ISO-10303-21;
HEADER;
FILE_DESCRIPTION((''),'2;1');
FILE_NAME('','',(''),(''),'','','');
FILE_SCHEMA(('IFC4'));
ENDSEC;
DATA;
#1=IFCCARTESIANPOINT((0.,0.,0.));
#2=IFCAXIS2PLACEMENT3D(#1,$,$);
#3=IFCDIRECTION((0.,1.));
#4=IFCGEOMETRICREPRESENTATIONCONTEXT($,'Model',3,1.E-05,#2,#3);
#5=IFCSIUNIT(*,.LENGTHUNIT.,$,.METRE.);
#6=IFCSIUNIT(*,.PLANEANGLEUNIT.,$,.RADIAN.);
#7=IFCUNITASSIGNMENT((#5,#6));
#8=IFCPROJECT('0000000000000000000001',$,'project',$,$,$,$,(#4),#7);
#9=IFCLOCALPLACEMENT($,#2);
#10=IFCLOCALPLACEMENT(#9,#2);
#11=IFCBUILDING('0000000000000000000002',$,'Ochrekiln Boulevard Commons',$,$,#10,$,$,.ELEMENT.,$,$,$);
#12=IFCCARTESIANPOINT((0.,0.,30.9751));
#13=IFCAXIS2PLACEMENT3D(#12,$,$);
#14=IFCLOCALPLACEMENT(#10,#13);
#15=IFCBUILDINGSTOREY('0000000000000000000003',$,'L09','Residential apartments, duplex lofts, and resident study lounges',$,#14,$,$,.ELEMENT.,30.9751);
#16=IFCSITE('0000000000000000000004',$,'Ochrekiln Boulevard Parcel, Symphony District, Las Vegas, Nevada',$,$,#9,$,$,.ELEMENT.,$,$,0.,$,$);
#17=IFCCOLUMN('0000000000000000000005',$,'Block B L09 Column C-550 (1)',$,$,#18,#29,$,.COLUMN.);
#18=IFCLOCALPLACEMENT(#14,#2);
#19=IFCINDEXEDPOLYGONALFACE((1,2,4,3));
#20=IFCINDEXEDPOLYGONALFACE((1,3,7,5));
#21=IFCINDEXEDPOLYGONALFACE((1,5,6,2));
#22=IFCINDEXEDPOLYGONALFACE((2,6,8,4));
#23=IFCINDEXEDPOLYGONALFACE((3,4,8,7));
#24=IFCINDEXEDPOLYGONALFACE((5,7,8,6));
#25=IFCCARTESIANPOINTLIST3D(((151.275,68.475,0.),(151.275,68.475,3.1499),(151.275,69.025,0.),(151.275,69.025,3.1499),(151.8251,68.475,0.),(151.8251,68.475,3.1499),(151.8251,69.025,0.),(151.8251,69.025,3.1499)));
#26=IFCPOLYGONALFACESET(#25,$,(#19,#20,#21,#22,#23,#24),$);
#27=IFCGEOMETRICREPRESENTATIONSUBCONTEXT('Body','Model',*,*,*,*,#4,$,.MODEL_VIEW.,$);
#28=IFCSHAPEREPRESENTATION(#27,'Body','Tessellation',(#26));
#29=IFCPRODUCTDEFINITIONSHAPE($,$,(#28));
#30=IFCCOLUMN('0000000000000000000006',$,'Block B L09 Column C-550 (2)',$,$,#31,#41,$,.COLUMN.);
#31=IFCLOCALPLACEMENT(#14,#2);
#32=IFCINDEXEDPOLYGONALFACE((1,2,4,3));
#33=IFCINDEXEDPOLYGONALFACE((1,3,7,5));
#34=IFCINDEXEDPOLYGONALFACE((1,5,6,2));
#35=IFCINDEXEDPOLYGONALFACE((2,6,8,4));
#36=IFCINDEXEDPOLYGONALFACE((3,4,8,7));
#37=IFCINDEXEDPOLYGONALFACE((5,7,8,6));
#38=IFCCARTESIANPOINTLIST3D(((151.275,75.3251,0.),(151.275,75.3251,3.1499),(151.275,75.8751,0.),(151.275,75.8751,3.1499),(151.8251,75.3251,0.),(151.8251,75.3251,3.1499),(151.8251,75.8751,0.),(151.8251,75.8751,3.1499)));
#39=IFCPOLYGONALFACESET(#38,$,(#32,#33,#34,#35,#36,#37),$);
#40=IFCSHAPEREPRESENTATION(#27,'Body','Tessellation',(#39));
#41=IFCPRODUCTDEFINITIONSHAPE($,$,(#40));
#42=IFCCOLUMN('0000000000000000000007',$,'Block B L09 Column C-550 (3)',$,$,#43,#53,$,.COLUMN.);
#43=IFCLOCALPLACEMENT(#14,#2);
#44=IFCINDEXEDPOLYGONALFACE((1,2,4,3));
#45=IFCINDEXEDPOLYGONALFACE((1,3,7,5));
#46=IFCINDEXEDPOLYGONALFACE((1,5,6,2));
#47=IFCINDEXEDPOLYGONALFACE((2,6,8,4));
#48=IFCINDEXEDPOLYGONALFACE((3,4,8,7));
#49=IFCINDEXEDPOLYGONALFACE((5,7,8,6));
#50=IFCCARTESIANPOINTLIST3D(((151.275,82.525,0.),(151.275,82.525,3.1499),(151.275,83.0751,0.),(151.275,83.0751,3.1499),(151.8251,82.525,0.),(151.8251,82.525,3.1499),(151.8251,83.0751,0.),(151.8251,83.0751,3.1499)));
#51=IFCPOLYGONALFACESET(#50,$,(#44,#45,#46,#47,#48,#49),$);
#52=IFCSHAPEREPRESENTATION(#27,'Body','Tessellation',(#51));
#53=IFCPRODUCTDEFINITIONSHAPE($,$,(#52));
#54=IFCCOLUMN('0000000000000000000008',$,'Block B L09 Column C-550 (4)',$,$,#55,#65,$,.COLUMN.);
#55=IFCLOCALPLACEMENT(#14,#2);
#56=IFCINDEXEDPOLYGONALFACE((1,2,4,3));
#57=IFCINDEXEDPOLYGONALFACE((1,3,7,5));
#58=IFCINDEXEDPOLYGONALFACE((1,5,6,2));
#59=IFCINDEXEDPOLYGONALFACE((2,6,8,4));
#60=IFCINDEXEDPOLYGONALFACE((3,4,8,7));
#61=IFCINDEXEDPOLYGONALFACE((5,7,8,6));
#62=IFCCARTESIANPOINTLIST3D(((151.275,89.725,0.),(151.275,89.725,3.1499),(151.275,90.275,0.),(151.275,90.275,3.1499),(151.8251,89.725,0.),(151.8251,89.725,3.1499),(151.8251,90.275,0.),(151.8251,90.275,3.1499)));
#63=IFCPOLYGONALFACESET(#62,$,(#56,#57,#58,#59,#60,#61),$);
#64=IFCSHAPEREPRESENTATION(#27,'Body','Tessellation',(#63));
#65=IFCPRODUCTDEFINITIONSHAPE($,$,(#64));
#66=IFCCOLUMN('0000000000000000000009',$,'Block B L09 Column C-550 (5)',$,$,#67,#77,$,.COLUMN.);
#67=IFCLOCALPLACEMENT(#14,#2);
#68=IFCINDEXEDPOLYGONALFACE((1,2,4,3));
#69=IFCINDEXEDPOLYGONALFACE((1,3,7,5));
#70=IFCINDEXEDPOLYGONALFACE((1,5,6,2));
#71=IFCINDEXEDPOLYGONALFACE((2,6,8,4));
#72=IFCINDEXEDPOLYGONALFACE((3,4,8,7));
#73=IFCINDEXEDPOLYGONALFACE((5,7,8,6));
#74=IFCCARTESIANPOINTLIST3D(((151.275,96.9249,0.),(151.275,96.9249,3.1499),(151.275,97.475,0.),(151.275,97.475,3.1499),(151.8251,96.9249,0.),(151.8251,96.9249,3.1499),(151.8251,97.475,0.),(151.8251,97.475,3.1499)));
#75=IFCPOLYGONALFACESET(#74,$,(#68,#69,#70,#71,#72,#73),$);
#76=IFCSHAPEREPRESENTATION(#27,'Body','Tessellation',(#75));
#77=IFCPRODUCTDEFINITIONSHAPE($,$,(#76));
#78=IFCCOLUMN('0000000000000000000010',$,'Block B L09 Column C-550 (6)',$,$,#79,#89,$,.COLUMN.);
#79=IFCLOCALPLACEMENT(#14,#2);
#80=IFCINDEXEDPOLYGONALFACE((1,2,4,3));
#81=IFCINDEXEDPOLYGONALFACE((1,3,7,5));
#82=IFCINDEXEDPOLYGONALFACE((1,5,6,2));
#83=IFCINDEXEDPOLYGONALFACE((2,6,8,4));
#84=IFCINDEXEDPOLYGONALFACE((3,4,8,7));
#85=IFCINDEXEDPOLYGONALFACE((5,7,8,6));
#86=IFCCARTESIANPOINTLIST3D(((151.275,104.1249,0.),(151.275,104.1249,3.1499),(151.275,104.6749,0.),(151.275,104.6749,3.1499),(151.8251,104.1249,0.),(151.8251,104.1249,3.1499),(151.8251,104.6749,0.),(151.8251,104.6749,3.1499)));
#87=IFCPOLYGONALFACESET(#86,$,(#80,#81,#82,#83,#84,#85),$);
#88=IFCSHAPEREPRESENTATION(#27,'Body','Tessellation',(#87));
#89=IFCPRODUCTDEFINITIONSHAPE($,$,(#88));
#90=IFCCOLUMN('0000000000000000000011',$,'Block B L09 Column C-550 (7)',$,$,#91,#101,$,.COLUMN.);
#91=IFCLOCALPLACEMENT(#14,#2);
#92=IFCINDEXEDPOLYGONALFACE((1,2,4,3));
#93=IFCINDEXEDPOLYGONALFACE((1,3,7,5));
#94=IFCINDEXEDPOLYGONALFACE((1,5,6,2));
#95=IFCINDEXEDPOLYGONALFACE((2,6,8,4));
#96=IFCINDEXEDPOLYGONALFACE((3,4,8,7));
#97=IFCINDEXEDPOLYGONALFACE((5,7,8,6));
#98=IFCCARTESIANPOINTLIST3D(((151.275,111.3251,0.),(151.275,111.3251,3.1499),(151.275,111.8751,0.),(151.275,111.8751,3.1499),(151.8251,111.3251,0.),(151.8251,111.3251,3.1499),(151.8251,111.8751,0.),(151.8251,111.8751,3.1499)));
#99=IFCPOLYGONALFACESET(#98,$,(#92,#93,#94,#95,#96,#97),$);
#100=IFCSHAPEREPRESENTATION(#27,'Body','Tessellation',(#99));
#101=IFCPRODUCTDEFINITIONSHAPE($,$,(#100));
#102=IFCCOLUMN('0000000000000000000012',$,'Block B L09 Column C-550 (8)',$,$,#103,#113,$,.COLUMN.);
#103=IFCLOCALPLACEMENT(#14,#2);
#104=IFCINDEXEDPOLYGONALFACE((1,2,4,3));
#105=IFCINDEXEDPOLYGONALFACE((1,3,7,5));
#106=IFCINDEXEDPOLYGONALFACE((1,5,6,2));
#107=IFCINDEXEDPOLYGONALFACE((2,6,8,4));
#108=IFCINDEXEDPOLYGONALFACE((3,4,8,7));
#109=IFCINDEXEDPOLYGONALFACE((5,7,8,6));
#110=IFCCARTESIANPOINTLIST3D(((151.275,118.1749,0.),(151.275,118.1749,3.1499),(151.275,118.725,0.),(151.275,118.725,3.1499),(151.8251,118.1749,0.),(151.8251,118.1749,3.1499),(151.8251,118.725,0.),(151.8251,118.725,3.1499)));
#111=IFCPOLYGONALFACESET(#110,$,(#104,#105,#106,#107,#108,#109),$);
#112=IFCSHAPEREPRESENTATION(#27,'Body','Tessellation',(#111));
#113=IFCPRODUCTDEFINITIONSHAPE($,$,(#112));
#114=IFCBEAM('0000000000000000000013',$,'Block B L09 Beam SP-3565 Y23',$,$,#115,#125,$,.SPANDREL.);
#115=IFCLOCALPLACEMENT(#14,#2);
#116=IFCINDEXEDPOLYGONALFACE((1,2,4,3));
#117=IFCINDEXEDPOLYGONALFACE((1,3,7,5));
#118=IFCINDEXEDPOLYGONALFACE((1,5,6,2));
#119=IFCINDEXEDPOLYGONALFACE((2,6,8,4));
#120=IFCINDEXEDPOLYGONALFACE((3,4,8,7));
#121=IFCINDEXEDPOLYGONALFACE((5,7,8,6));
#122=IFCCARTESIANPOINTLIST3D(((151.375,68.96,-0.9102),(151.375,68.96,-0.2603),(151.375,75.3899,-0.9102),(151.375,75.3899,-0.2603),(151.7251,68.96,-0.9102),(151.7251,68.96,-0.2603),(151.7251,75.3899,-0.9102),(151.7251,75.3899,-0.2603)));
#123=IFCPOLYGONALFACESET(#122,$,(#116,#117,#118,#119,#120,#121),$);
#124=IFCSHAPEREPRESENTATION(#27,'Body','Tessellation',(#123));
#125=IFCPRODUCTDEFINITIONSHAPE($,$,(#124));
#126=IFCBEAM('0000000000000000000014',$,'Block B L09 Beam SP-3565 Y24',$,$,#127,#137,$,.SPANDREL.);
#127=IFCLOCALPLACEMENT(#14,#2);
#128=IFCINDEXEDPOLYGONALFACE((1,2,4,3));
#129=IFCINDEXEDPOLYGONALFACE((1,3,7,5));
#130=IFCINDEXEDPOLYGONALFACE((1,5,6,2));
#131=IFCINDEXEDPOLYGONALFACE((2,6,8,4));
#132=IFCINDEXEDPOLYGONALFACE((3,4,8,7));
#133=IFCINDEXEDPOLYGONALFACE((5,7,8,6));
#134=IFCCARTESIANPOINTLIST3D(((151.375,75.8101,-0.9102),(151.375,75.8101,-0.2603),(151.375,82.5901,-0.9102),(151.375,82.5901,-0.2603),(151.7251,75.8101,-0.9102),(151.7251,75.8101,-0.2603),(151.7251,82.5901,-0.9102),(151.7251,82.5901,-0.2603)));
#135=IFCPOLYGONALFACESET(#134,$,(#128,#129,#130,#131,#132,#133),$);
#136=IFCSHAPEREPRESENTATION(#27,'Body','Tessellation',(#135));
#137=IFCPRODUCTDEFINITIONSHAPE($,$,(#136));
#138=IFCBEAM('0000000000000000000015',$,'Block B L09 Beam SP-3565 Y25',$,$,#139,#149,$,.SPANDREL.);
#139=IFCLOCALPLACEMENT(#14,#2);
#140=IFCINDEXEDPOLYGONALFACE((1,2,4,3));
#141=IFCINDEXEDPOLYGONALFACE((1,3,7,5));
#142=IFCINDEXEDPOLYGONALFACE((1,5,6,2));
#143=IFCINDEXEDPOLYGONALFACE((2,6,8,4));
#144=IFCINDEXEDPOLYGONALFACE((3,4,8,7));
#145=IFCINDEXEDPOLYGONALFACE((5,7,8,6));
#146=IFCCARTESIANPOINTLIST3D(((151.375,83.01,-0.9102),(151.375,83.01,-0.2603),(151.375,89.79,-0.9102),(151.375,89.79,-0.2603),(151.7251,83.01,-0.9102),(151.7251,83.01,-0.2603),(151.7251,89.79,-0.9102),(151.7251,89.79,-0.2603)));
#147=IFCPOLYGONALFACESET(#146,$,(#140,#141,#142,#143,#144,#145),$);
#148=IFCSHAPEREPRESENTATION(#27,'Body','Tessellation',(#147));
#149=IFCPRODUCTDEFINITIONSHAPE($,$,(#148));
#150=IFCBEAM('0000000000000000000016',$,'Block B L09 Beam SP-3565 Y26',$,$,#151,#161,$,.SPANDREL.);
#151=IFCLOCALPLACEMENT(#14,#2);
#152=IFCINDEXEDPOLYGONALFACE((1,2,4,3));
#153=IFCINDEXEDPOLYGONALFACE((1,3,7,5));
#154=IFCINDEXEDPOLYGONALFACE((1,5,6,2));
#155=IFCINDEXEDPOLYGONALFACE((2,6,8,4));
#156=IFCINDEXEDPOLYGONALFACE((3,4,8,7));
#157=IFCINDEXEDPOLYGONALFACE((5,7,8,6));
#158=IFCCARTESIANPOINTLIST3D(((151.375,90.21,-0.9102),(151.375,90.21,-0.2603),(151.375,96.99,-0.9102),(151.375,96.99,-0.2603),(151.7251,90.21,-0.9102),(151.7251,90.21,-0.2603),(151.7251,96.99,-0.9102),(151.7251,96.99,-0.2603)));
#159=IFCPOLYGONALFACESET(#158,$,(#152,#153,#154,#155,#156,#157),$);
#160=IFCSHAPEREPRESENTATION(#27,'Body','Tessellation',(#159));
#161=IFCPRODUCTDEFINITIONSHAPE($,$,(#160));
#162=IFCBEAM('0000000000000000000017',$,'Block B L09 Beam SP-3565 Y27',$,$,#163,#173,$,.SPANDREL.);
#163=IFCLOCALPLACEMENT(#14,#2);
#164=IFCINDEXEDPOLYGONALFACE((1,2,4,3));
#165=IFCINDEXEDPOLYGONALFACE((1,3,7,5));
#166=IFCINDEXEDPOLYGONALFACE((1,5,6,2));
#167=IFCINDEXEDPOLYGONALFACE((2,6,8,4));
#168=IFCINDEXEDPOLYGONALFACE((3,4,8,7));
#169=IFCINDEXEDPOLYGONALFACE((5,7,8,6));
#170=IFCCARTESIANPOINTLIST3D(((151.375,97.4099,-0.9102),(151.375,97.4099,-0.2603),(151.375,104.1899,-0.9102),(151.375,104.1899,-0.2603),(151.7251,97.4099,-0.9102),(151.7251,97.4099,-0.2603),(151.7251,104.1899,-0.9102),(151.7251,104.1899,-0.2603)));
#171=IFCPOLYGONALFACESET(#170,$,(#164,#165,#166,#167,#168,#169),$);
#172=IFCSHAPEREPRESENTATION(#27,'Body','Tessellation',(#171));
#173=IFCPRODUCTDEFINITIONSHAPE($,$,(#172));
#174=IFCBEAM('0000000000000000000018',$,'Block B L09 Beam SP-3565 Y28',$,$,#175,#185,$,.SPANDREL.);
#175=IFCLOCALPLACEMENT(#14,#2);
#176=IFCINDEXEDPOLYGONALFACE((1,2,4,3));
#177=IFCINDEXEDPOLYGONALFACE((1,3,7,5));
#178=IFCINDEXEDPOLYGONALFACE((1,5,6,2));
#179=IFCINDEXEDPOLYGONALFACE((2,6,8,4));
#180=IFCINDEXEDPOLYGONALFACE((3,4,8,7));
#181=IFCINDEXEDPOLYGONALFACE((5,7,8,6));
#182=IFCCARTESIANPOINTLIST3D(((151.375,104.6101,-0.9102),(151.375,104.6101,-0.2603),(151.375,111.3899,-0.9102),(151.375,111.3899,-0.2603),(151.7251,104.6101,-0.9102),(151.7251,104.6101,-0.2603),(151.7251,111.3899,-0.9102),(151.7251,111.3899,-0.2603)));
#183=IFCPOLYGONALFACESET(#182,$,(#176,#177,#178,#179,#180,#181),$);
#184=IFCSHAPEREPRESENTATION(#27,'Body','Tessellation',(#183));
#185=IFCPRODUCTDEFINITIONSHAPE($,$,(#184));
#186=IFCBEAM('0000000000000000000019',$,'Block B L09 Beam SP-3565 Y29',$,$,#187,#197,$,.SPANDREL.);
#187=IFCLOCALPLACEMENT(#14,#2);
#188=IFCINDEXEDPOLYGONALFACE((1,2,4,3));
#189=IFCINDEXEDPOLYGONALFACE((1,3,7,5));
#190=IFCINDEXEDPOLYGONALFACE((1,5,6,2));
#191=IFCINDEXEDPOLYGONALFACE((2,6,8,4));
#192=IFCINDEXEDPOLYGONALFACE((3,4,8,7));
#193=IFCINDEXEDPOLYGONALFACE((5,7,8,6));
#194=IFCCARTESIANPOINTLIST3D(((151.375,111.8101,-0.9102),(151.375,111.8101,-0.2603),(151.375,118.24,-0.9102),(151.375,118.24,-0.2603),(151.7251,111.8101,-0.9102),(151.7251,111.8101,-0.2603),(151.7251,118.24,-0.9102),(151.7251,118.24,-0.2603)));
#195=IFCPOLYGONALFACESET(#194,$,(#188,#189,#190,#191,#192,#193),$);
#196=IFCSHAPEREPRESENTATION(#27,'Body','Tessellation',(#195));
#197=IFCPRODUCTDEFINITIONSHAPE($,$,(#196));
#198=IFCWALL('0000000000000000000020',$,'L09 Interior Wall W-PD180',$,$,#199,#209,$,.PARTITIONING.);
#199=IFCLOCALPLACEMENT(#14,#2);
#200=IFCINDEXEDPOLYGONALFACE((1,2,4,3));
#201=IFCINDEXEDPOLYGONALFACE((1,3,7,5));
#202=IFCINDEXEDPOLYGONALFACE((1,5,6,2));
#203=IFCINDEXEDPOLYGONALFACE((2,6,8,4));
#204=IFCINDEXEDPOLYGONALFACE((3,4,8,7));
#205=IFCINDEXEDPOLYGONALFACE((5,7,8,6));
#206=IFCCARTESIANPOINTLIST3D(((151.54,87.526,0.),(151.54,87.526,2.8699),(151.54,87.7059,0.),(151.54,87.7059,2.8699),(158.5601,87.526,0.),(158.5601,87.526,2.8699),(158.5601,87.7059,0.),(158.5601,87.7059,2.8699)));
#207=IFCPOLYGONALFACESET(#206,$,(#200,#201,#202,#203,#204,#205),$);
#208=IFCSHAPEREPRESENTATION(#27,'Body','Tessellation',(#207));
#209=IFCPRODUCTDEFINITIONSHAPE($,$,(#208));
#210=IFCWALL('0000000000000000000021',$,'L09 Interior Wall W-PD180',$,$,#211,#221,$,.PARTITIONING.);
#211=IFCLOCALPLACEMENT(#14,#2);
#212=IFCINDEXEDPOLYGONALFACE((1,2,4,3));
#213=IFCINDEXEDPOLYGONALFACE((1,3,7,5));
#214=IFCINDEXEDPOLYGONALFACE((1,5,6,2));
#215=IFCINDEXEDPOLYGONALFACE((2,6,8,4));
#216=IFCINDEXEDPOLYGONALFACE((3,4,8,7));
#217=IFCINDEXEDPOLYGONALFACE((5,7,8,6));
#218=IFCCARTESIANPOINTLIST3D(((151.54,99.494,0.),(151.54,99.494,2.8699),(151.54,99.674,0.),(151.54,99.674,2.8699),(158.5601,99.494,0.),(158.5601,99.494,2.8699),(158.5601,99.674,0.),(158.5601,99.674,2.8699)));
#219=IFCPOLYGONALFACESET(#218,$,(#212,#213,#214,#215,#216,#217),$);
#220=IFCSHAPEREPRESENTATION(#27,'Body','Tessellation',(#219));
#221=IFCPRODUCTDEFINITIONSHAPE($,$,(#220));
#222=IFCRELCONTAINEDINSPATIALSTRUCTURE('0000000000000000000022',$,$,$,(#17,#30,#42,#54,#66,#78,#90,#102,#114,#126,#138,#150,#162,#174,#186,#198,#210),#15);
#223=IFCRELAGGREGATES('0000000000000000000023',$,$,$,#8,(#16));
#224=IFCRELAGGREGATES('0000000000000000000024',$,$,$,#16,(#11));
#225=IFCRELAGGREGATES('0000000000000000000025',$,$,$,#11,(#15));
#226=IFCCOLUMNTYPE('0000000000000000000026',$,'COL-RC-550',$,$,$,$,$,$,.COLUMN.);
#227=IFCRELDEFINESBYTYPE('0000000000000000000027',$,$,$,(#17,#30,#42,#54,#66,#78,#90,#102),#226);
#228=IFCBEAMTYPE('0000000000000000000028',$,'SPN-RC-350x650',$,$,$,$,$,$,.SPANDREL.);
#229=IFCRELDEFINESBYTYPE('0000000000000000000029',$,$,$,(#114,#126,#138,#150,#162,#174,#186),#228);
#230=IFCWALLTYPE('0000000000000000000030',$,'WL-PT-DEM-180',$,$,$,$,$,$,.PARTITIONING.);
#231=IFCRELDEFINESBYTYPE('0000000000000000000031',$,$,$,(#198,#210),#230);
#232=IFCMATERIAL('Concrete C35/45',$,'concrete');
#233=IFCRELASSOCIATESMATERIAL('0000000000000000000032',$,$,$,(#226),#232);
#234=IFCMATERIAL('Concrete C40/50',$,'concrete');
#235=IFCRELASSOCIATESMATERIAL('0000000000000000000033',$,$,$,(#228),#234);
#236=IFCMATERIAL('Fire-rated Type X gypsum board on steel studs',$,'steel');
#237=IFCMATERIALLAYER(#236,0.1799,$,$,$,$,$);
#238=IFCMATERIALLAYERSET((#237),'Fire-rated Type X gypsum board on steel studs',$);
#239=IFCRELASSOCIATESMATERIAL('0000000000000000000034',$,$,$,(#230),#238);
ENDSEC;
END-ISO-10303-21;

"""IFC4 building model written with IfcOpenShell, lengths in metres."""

from ifc_helpers import new_model, si_unit, direction, frame, frame_2d, origin, origin_2d, place, context, subcontext, project, spatial, rectangle, extrude, material, layer, layer_set, material_profile, profile_set, type_object, element, save


model = new_model("IFC4")

# Units and contexts
model_context = context("Model", 3, precision=1e-05, world=origin(), true_north=direction((0.0, 1.0)))
body_context = subcontext(model_context, "Body", "Model", "MODEL_VIEW")
ifc_project = project(units=[si_unit("LENGTHUNIT", "METRE"), si_unit("PLANEANGLEUNIT", "RADIAN")], contexts=[model_context])

# Site, building, storey
site_placement = place(None, origin())
site = spatial("IfcSite", under=ifc_project, at=site_placement, Name="Ochrekiln Boulevard Parcel, Symphony District, Las Vegas, Nevada", CompositionType="ELEMENT", RefElevation=0.0)
building_placement = place(site_placement, origin())
building = spatial("IfcBuilding", under=site, at=building_placement, Name="Ochrekiln Boulevard Commons", CompositionType="ELEMENT")
storey_placement = place(building_placement, frame((0.0, 0.0, 30.9751)))
storey = spatial("IfcBuildingStorey", under=building, at=storey_placement, Name="L09", Description="Residential apartments, duplex lofts, and resident study lounges", CompositionType="ELEMENT", Elevation=30.9751)

# Columns
ifc_material_1 = material(Name="Concrete C35/45", Category="concrete")
ifc_material_profile_1 = material_profile(ifc_material_1, rectangle(XDim=0.55, YDim=0.55, at=origin_2d()), Name="RC-COL-550x550")
ifc_profile_set_1 = profile_set([ifc_material_profile_1], Name="Concrete C35/45")
column_type = type_object("IfcColumnType", Name="COL-RC-550", PredefinedType="COLUMN", material=ifc_profile_set_1)
for number, where, z_axis, x_axis, name in (
    (1, (151.55, 68.75, 0.0), (0.0, 0.0, 1.0), (1.0, 0.0, 0.0), "Block B L09 Column C-550 (1)"),
    (2, (151.55, 75.6001, 0.0), (0.0, 0.0, 1.0), (1.0, 0.0, 0.0), "Block B L09 Column C-550 (2)"),
    (3, (151.55, 82.8, 0.0), (0.0, 0.0, 1.0), (1.0, 0.0, 0.0), "Block B L09 Column C-550 (3)"),
    (4, (151.55, 90.0, 0.0), (0.0, 0.0, 1.0), (1.0, 0.0, 0.0), "Block B L09 Column C-550 (4)"),
    (5, (151.55, 97.2, 0.0), (0.0, 0.0, 1.0), (1.0, 0.0, 0.0), "Block B L09 Column C-550 (5)"),
    (6, (151.55, 104.3999, 0.0), (0.0, 0.0, 1.0), (1.0, 0.0, 0.0), "Block B L09 Column C-550 (6)"),
    (7, (151.55, 111.6001, 0.0), (0.0, 0.0, 1.0), (1.0, 0.0, 0.0), "Block B L09 Column C-550 (7)"),
    (8, (151.55, 118.45, 0.0), (0.0, 0.0, 1.0), (1.0, 0.0, 0.0), "Block B L09 Column C-550 (8)"),
):
    element("IfcColumn", number, at=place(storey_placement, frame(where, z_axis=z_axis, x_axis=x_axis)), inside=storey, type_object=column_type, Name=name, PredefinedType="COLUMN", context=body_context, shape_type="SweptSolid", body=[
        extrude(rectangle(XDim=0.55, YDim=0.55, at=origin_2d()), origin(), (0.0, 0.0, 1.0), 3.1499),
    ])

# Beams
ifc_material_2 = material(Name="Concrete C40/50", Category="concrete")
ifc_material_profile_2 = material_profile(ifc_material_2, rectangle(XDim=0.3501, YDim=0.6499, at=origin_2d()), Name="RC-SPN-350x650")
ifc_profile_set_2 = profile_set([ifc_material_profile_2], Name="Concrete C40/50")
beam_type = type_object("IfcBeamType", Name="SPN-RC-350x650", PredefinedType="SPANDREL", material=ifc_profile_set_2)
beam_1_placement = place(storey_placement, frame((151.55, 68.96, -0.5852), z_axis=(0.0, 1.0, 0.0), x_axis=(-1.0, 0.0, 0.0)))
element("IfcBeam", 9, at=beam_1_placement, inside=storey, type_object=beam_type, Name="Block B L09 Beam SP-3565 Y23", PredefinedType="SPANDREL", context=body_context, shape_type="SweptSolid", body=[
    extrude(rectangle(XDim=0.3501, YDim=0.6499, at=origin_2d()), origin(), (0.0, 0.0, 1.0), 6.4299),
])
for number, where, z_axis, x_axis, name in (
    (10, (151.55, 75.8101, -0.5852), (0.0, 1.0, 0.0), (-1.0, 0.0, 0.0), "Block B L09 Beam SP-3565 Y24"),
    (11, (151.55, 83.01, -0.5852), (0.0, 1.0, 0.0), (-1.0, 0.0, 0.0), "Block B L09 Beam SP-3565 Y25"),
    (12, (151.55, 90.21, -0.5852), (0.0, 1.0, 0.0), (-1.0, 0.0, 0.0), "Block B L09 Beam SP-3565 Y26"),
    (13, (151.55, 97.4099, -0.5852), (0.0, 1.0, 0.0), (-1.0, 0.0, 0.0), "Block B L09 Beam SP-3565 Y27"),
):
    element("IfcBeam", number, at=place(storey_placement, frame(where, z_axis=z_axis, x_axis=x_axis)), inside=storey, type_object=beam_type, Name=name, PredefinedType="SPANDREL", context=body_context, shape_type="SweptSolid", body=[
        extrude(rectangle(XDim=0.3501, YDim=0.6499, at=origin_2d()), origin(), (0.0, 0.0, 1.0), 6.78),
    ])
beam_2_placement = place(storey_placement, frame((151.55, 104.6101, -0.5852), z_axis=(0.0, 1.0, 0.0), x_axis=(-1.0, 0.0, 0.0)))
element("IfcBeam", 14, at=beam_2_placement, inside=storey, type_object=beam_type, Name="Block B L09 Beam SP-3565 Y28", PredefinedType="SPANDREL", context=body_context, shape_type="SweptSolid", body=[
    extrude(rectangle(XDim=0.3501, YDim=0.6499, at=origin_2d()), origin(), (0.0, 0.0, 1.0), 6.7798),
])
beam_3_placement = place(storey_placement, frame((151.55, 111.8101, -0.5852), z_axis=(0.0, 1.0, 0.0), x_axis=(-1.0, 0.0, 0.0)))
element("IfcBeam", 15, at=beam_3_placement, inside=storey, type_object=beam_type, Name="Block B L09 Beam SP-3565 Y29", PredefinedType="SPANDREL", context=body_context, shape_type="SweptSolid", body=[
    extrude(rectangle(XDim=0.3501, YDim=0.6499, at=origin_2d()), origin(), (0.0, 0.0, 1.0), 6.4299),
])

# Walls
ifc_material_3 = material(Name="Fire-rated Type X gypsum board on steel studs", Category="steel")
ifc_layer_1 = layer(ifc_material_3, 0.1799)
ifc_layer_set_1 = layer_set([ifc_layer_1], Name="Fire-rated Type X gypsum board on steel studs")
wall_type_1 = type_object("IfcWallType", Name="WL-PT-DEM-180", PredefinedType="PARTITIONING", material=ifc_layer_set_1)
for number, where, z_axis, x_axis, name in (
    (16, (151.54, 87.616, 0.0), (0.0, 0.0, 1.0), (1.0, 0.0, 0.0), "L09 Interior Wall W-PD180"),
    (17, (151.54, 99.584, 0.0), (0.0, 0.0, 1.0), (1.0, 0.0, 0.0), "L09 Interior Wall W-PD180"),
):
    element("IfcWall", number, at=place(storey_placement, frame(where, z_axis=z_axis, x_axis=x_axis)), inside=storey, type_object=wall_type_1, Name=name, PredefinedType="PARTITIONING", context=body_context, shape_type="SweptSolid", body=[
        extrude(rectangle(XDim=7.02, YDim=0.1799, at=frame_2d((3.51, 0.0))), origin(), (0.0, 0.0, 1.0), 2.8699),
    ])

save(model, "model.ifc")
